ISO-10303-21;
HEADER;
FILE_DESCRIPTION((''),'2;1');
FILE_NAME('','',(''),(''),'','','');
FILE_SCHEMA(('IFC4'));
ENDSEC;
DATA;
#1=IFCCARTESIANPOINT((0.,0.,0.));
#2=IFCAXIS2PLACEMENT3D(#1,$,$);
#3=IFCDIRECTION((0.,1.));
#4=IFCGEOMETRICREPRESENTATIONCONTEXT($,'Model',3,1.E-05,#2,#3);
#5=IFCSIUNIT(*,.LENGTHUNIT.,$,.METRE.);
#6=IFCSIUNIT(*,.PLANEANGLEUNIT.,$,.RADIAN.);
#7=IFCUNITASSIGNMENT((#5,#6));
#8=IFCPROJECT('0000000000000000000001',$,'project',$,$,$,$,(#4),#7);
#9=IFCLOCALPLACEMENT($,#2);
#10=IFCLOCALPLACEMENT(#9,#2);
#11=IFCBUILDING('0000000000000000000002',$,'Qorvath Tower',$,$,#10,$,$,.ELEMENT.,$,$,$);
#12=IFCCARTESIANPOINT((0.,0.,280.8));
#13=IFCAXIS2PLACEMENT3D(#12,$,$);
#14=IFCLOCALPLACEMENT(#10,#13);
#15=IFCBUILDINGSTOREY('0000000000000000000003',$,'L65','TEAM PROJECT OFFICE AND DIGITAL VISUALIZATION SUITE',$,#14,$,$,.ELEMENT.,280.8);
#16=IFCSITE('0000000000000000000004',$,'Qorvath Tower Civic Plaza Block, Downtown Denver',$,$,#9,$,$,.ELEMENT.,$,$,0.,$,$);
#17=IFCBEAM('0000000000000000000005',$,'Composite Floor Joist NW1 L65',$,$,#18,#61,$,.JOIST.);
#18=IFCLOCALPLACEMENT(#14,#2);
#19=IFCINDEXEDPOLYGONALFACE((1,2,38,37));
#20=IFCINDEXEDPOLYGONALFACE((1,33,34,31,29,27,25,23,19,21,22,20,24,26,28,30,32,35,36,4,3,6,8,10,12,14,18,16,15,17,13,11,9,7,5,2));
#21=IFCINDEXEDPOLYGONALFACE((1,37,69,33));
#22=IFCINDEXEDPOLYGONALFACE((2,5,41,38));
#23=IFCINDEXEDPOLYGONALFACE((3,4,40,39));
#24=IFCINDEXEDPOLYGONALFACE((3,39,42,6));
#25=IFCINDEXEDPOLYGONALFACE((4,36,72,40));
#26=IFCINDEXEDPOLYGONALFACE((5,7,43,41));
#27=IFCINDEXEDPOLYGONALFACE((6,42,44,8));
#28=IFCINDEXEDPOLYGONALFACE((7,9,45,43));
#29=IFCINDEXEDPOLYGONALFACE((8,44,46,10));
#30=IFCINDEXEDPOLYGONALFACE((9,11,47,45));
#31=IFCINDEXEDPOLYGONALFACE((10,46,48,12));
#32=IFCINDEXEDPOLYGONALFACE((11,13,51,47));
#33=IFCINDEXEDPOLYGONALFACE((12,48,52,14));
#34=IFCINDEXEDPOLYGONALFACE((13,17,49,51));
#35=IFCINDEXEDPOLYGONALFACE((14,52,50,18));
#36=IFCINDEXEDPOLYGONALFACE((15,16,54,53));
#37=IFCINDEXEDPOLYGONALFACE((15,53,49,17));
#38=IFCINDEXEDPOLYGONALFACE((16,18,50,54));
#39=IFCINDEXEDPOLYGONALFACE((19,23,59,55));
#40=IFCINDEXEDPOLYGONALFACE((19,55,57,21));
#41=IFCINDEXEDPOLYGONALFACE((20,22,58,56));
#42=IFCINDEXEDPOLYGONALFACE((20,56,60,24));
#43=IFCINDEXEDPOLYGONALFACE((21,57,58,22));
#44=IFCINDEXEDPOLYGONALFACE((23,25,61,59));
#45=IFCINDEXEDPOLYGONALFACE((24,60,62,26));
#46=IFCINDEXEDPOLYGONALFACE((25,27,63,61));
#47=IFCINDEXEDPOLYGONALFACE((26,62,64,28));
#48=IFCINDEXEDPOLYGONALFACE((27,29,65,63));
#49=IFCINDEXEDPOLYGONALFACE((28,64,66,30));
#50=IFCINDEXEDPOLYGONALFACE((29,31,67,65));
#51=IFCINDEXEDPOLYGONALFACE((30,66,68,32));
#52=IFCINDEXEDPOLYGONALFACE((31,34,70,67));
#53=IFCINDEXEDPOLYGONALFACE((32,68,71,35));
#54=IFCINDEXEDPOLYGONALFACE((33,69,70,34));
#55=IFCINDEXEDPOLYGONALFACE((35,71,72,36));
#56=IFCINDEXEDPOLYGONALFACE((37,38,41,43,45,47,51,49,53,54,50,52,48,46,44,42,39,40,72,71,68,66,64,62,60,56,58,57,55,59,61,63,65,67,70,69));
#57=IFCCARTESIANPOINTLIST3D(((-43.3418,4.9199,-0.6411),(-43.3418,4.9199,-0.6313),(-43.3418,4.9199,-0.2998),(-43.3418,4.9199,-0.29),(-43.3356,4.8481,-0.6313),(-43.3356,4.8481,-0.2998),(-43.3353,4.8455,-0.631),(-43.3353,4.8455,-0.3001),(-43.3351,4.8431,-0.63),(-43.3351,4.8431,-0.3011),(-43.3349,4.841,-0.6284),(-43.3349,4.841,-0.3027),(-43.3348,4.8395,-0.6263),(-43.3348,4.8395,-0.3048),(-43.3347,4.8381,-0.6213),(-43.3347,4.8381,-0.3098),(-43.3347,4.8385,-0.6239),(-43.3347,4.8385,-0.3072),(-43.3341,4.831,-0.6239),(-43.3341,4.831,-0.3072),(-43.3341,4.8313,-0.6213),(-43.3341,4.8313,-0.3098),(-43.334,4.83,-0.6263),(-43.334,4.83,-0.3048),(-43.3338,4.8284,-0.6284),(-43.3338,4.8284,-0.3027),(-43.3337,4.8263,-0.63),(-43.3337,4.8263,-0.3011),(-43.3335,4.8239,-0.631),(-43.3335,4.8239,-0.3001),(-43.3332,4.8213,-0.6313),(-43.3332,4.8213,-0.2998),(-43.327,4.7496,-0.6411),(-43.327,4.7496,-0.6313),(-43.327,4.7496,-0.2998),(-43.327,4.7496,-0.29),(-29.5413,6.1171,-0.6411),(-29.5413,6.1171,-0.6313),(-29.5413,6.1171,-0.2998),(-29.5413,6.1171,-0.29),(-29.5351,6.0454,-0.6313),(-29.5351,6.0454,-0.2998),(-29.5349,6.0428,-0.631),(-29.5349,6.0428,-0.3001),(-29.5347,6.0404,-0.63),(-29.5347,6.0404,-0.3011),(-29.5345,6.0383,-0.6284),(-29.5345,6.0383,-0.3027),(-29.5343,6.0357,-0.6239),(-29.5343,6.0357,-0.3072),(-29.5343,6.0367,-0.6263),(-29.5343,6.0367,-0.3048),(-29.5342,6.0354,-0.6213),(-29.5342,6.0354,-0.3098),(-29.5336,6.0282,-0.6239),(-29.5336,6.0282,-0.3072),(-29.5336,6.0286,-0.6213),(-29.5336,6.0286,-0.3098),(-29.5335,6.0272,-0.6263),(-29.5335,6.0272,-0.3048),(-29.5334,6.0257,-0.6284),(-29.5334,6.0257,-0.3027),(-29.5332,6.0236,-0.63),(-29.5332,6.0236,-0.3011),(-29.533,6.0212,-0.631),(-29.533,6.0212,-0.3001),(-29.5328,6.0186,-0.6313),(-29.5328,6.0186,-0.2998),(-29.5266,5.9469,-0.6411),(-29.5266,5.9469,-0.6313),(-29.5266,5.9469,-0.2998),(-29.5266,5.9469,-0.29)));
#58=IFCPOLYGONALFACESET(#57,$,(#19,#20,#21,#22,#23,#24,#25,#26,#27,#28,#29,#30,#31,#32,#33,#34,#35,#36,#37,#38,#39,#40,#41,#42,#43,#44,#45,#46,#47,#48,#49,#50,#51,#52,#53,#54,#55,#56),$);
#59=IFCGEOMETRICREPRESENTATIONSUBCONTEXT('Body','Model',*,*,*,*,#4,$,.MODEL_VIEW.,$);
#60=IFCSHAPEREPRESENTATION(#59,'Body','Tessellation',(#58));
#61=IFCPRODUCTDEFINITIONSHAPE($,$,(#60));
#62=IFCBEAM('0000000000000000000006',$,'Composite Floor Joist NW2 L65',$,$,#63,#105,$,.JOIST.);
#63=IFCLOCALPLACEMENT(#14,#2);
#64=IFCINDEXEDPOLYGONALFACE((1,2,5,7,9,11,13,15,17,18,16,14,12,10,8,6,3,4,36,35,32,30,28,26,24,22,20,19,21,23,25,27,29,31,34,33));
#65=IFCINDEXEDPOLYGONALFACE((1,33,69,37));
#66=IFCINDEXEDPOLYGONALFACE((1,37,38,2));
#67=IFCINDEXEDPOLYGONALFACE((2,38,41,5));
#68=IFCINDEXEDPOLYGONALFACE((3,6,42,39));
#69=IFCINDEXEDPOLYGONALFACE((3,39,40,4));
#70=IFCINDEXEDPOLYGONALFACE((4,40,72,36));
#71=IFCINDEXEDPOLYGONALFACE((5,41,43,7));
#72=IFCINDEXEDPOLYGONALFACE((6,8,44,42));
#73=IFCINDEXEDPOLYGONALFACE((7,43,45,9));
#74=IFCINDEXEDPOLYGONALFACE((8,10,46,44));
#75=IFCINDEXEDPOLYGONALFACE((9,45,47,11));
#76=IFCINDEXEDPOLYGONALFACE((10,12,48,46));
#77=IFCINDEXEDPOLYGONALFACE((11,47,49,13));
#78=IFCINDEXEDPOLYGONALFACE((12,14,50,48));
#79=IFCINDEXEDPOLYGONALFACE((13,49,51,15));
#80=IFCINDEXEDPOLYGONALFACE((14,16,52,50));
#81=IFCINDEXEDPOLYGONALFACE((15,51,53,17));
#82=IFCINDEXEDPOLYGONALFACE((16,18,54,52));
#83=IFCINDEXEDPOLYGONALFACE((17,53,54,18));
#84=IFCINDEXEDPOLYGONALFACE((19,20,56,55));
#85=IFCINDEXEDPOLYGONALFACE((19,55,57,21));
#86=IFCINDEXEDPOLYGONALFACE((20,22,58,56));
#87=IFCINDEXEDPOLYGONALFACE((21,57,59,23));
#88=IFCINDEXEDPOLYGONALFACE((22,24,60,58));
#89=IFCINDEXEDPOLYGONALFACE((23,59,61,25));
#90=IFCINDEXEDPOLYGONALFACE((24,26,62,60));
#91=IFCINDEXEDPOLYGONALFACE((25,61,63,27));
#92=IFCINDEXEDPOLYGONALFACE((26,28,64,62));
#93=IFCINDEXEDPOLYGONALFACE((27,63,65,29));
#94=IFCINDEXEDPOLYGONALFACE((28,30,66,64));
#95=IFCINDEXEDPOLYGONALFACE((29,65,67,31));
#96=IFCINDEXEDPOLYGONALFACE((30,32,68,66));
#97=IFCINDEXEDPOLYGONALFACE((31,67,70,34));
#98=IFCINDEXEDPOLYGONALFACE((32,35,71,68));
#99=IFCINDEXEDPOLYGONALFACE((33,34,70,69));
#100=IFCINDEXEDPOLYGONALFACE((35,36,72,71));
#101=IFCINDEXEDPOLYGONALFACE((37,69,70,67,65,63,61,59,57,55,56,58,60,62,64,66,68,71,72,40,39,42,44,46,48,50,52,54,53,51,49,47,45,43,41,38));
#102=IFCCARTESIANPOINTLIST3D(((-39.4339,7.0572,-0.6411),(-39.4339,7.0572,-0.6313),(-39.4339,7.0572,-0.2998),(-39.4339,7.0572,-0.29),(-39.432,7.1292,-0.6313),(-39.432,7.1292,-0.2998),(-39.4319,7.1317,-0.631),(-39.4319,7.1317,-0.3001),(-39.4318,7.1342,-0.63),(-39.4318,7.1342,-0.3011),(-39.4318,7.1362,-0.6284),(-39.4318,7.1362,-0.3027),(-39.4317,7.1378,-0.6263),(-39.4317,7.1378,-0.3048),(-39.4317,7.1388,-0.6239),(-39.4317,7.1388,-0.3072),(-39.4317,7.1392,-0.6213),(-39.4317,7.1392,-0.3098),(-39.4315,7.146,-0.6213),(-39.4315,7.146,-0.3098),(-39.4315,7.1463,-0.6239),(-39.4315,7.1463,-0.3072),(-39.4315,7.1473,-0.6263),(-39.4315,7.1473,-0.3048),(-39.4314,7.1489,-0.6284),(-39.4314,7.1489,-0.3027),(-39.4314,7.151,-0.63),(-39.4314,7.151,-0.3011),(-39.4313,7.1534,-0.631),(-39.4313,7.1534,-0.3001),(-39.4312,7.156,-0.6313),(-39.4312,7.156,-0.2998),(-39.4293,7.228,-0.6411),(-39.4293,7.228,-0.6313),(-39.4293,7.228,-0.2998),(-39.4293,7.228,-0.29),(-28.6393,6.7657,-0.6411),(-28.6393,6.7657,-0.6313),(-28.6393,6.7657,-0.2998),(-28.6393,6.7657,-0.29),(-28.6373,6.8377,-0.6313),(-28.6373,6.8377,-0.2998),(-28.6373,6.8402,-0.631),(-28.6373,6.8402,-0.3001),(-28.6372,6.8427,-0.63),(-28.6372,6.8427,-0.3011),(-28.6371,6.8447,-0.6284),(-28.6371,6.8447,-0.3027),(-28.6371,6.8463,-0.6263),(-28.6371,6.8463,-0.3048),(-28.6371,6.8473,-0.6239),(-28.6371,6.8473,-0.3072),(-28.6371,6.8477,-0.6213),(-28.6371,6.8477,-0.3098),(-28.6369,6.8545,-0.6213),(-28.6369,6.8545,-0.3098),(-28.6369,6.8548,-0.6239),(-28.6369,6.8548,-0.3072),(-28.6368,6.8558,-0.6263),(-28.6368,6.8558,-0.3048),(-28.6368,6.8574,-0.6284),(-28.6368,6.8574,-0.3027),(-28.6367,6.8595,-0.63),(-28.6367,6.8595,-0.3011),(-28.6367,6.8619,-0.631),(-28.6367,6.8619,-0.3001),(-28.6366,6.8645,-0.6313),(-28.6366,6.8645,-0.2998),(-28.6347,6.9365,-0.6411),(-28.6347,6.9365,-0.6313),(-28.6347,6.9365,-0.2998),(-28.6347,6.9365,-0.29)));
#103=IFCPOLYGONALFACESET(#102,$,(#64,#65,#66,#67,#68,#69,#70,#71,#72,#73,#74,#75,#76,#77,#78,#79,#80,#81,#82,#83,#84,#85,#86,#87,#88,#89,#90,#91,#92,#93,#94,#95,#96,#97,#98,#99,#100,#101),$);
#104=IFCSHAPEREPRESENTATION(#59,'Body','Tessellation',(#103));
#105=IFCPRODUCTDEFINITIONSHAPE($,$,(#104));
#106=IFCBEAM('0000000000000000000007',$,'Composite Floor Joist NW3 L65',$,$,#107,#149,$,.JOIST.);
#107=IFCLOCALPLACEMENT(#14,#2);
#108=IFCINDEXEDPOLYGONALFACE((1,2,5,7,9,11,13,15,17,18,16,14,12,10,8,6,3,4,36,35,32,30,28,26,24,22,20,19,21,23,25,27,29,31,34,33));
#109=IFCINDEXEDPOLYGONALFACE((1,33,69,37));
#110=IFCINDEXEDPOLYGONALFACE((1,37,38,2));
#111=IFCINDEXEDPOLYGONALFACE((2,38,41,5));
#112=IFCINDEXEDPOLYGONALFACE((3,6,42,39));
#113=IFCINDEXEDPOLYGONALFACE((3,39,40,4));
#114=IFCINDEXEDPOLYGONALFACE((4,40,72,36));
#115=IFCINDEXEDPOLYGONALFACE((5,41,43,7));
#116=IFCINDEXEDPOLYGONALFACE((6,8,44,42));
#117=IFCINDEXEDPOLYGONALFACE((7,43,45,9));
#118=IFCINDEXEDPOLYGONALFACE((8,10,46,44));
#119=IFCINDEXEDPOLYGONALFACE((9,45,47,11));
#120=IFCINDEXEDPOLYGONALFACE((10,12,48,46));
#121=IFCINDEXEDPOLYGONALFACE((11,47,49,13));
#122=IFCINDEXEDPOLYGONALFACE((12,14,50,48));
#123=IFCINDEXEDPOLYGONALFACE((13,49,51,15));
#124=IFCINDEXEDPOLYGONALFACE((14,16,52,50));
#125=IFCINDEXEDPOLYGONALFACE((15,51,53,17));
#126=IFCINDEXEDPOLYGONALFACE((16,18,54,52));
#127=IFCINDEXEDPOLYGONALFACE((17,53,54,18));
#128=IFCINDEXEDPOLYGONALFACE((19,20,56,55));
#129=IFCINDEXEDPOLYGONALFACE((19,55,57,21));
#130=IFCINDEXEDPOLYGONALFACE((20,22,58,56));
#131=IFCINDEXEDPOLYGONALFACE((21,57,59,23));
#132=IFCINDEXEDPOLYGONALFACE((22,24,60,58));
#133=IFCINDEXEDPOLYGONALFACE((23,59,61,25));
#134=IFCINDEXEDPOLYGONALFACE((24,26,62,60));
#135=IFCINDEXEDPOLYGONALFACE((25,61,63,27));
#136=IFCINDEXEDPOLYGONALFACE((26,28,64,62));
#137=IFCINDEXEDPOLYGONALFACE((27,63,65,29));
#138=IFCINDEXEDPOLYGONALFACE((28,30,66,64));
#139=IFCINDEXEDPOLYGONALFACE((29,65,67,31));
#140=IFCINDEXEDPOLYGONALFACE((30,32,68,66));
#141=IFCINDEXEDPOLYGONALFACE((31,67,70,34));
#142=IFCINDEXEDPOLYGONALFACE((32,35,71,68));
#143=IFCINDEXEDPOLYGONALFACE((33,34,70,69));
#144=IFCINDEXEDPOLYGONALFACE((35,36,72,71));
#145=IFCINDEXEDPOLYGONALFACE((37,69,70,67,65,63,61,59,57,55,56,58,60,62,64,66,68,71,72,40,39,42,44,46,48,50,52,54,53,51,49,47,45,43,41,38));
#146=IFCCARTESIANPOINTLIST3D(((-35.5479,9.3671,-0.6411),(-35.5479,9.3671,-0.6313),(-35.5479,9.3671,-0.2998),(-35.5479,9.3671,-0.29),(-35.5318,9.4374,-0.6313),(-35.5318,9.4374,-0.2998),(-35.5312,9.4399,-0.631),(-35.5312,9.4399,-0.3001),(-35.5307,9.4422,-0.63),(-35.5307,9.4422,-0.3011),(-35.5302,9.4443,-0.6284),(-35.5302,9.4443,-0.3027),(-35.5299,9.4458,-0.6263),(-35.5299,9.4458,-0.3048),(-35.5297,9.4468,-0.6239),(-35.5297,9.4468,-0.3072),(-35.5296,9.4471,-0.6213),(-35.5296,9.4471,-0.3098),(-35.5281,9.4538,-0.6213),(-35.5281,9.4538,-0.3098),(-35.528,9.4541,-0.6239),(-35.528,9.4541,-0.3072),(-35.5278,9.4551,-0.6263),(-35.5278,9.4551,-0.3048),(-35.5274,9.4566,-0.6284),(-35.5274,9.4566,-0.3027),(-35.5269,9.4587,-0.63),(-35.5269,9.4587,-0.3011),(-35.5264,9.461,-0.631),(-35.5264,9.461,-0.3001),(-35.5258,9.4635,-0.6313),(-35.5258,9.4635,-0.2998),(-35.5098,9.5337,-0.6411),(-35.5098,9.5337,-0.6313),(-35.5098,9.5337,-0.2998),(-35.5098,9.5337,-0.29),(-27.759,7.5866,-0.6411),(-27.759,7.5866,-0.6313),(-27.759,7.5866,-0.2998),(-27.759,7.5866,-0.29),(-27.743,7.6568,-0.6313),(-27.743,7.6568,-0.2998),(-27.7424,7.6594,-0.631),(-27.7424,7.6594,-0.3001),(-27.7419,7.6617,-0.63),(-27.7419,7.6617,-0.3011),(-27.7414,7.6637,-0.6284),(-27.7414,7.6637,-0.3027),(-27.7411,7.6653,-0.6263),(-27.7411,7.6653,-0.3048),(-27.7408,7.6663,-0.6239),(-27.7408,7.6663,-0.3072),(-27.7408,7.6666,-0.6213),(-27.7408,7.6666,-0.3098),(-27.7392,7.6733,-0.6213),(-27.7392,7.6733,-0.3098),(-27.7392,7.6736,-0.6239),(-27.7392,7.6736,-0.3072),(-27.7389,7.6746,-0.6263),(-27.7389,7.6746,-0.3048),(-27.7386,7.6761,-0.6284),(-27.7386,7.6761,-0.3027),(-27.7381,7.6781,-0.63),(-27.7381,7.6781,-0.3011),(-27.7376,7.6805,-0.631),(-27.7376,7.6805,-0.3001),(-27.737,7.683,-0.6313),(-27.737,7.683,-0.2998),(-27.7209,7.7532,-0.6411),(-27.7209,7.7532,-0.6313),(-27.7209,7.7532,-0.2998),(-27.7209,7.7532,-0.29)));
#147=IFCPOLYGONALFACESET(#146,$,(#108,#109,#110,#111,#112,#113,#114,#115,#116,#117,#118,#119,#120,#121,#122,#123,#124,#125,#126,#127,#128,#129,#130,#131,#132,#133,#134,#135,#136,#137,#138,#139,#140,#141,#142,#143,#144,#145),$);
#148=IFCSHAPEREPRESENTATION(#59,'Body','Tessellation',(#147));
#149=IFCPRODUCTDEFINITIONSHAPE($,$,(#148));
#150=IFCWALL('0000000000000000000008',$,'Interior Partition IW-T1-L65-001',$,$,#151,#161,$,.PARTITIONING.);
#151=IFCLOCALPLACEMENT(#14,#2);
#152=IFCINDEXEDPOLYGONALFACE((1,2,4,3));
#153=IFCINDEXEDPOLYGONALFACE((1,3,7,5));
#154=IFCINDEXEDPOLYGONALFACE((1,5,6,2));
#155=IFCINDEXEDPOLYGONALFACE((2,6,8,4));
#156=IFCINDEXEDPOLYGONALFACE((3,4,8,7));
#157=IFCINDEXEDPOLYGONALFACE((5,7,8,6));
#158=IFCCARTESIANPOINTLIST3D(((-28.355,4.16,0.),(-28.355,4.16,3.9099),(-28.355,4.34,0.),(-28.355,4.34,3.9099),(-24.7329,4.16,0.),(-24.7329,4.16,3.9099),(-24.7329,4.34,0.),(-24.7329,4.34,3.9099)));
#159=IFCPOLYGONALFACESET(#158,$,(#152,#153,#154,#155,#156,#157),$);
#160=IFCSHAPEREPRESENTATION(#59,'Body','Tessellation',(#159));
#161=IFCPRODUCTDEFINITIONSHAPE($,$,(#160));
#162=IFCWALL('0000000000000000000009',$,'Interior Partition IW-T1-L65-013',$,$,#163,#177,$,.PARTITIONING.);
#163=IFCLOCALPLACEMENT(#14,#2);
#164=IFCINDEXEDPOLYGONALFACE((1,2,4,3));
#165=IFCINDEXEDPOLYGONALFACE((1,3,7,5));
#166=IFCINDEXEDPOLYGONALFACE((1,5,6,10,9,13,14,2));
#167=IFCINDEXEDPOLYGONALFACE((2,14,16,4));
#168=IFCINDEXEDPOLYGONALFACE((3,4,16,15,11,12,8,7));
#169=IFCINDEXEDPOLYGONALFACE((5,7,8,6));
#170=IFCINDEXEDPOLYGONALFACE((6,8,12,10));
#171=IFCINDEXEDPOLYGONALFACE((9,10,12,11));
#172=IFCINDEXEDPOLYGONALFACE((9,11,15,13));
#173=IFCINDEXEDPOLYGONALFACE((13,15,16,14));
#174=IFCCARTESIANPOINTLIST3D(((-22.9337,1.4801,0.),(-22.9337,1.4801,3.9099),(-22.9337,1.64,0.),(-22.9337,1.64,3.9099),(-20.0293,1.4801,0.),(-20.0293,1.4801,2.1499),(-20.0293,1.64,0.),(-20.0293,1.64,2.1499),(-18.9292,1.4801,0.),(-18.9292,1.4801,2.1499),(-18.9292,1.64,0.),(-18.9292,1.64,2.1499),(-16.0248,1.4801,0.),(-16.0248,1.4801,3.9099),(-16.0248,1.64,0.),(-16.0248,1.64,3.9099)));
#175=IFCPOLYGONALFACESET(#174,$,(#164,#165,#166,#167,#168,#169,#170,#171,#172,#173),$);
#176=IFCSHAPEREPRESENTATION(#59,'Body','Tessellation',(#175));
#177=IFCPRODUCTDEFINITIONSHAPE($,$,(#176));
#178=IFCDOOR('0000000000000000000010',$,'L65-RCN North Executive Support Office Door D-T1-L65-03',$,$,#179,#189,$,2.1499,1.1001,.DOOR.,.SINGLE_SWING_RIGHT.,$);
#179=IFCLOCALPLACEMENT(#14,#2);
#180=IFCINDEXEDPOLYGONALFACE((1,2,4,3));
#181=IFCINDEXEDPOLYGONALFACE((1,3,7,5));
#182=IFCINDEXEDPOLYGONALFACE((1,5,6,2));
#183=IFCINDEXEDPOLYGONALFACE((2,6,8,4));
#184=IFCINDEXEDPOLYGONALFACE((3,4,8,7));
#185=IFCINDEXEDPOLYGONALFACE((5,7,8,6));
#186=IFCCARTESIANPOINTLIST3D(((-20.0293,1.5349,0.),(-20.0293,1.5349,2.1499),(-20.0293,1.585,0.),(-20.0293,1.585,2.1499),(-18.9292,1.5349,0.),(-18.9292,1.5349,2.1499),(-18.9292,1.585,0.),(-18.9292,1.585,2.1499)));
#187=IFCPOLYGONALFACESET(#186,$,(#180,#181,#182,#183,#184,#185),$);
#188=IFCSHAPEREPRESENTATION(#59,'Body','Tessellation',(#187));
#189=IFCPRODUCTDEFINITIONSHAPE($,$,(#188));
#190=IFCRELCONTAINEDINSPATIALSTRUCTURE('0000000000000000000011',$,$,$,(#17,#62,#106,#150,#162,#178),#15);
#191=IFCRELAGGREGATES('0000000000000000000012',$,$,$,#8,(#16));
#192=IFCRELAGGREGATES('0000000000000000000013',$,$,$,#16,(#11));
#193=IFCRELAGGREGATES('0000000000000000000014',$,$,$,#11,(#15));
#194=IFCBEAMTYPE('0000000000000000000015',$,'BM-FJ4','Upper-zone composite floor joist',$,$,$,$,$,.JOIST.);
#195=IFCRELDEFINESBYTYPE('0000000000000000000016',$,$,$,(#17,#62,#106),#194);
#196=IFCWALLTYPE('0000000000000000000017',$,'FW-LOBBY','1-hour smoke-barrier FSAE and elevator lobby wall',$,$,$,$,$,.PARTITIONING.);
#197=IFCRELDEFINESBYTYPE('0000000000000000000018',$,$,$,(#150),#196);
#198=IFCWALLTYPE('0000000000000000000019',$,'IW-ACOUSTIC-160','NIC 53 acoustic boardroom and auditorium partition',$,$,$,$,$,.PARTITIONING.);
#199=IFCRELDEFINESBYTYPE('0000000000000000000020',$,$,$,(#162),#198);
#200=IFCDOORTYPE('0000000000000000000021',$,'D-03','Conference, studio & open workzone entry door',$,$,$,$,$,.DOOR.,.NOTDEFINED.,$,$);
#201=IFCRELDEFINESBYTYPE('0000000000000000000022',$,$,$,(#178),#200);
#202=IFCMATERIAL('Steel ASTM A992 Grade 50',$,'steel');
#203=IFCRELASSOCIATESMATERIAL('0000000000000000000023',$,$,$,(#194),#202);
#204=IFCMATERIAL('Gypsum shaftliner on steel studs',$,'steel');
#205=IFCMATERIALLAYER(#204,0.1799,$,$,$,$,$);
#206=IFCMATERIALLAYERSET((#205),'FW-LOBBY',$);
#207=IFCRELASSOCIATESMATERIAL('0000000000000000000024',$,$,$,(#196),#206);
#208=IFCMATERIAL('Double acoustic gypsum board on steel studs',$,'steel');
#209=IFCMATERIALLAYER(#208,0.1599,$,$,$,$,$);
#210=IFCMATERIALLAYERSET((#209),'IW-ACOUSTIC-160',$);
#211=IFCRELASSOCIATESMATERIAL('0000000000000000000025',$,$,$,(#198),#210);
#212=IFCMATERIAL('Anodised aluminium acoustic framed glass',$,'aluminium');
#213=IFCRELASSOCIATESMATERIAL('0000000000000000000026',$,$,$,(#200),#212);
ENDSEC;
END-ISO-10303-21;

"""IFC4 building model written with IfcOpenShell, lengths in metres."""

from ifc_helpers import new_model, si_unit, direction, frame, frame_2d, origin, origin_2d, place, context, subcontext, project, spatial, rectangle, i_section, extrude, material, layer, layer_set, material_profile, profile_set, type_object, element, fill, save


model = new_model("IFC4")

# Units and contexts
model_context = context("Model", 3, precision=1e-05, world=origin(), true_north=direction((0.0, 1.0)))
body_context = subcontext(model_context, "Body", "Model", "MODEL_VIEW")
ifc_project = project(units=[si_unit("LENGTHUNIT", "METRE"), si_unit("PLANEANGLEUNIT", "RADIAN")], contexts=[model_context])

# Site, building, storey
site_placement = place(None, origin())
site = spatial("IfcSite", under=ifc_project, at=site_placement, Name="Qorvath Tower Civic Plaza Block, Downtown Denver", CompositionType="ELEMENT", RefElevation=0.0)
building_placement = place(site_placement, origin())
building = spatial("IfcBuilding", under=site, at=building_placement, Name="Qorvath Tower", CompositionType="ELEMENT")
storey_placement = place(building_placement, frame((0.0, 0.0, 280.8)))
storey = spatial("IfcBuildingStorey", under=building, at=storey_placement, Name="L65", Description="TEAM PROJECT OFFICE AND DIGITAL VISUALIZATION SUITE", CompositionType="ELEMENT", Elevation=280.8)

# Beams
ifc_material_1 = material(Name="Steel ASTM A992 Grade 50", Category="steel")
ifc_material_profile = material_profile(ifc_material_1, i_section(OverallWidth=0.1709, OverallDepth=0.3511, WebThickness=0.0068, FlangeThickness=0.0098, FilletRadius=0.01, at=origin_2d()), Name="W14x30")
ifc_profile_set = profile_set([ifc_material_profile], Name="Steel ASTM A992 Grade 50")
beam_type = type_object("IfcBeamType", Name="BM-FJ4", Description="Upper-zone composite floor joist", PredefinedType="JOIST", material=ifc_profile_set)
beam_1_placement = place(storey_placement, frame((-29.5339, 6.032, -0.4656), z_axis=(-0.996258, -0.08643, 0.0), x_axis=(0.08643, -0.996258, 0.0)))
element("IfcBeam", 1, at=beam_1_placement, inside=storey, type_object=beam_type, Name="Composite Floor Joist NW1 L65", PredefinedType="JOIST", context=body_context, shape_type="SweptSolid", body=[
    extrude(i_section(OverallWidth=0.1709, OverallDepth=0.3511, WebThickness=0.0068, FlangeThickness=0.0098, FilletRadius=0.01, at=origin_2d()), origin(), (0.0, 0.0, 1.0), 13.8523),
])
beam_2_placement = place(storey_placement, frame((-28.637, 6.8511, -0.4656), z_axis=(-0.999636, 0.026995, 0.0), x_axis=(-0.026995, -0.999636, 0.0)))
element("IfcBeam", 2, at=beam_2_placement, inside=storey, type_object=beam_type, Name="Composite Floor Joist NW2 L65", PredefinedType="JOIST", context=body_context, shape_type="SweptSolid", body=[
    extrude(i_section(OverallWidth=0.1709, OverallDepth=0.3511, WebThickness=0.0068, FlangeThickness=0.0098, FilletRadius=0.01, at=origin_2d()), origin(), (0.0, 0.0, 1.0), 10.7986),
])
beam_3_placement = place(storey_placement, frame((-27.74, 7.6699, -0.4656), z_axis=(-0.974853, 0.222851, 0.0), x_axis=(-0.222851, -0.974853, 0.0)))
element("IfcBeam", 3, at=beam_3_placement, inside=storey, type_object=beam_type, Name="Composite Floor Joist NW3 L65", PredefinedType="JOIST", context=body_context, shape_type="SweptSolid", body=[
    extrude(i_section(OverallWidth=0.1709, OverallDepth=0.3511, WebThickness=0.0068, FlangeThickness=0.0098, FilletRadius=0.01, at=origin_2d()), origin(), (0.0, 0.0, 1.0), 7.9897),
])

# Wall
ifc_material_2 = material(Name="Gypsum shaftliner on steel studs", Category="steel")
ifc_layer_1 = layer(ifc_material_2, 0.1799)
ifc_layer_set_1 = layer_set([ifc_layer_1], Name="FW-LOBBY")
wall_type_1 = type_object("IfcWallType", Name="FW-LOBBY", Description="1-hour smoke-barrier FSAE and elevator lobby wall", PredefinedType="PARTITIONING", material=ifc_layer_set_1)
wall_1_placement = place(storey_placement, frame((-28.355, 4.25, 0.0), z_axis=(0.0, 0.0, 1.0), x_axis=(1.0, 0.0, 0.0)))
element("IfcWall", 4, at=wall_1_placement, inside=storey, type_object=wall_type_1, Name="Interior Partition IW-T1-L65-001", PredefinedType="PARTITIONING", context=body_context, shape_type="SweptSolid", body=[
    extrude(rectangle(XDim=3.6221, YDim=0.1799, at=frame_2d((1.811, 0.0))), origin(), (0.0, 0.0, 1.0), 3.9099),
])

# Wall, opening, door
ifc_material_3 = material(Name="Double acoustic gypsum board on steel studs", Category="steel")
ifc_layer_2 = layer(ifc_material_3, 0.1599)
ifc_layer_set_2 = layer_set([ifc_layer_2], Name="IW-ACOUSTIC-160")
wall_type_2 = type_object("IfcWallType", Name="IW-ACOUSTIC-160", Description="NIC 53 acoustic boardroom and auditorium partition", PredefinedType="PARTITIONING", material=ifc_layer_set_2)
wall_2_placement = place(storey_placement, frame((-22.9338, 1.5601, 0.0), z_axis=(0.0, 0.0, 1.0), x_axis=(1.0, 0.0, 0.0)))
wall_2 = element("IfcWall", 5, at=wall_2_placement, inside=storey, type_object=wall_type_2, Name="Interior Partition IW-T1-L65-013", PredefinedType="PARTITIONING", context=body_context, shape_type="SweptSolid", body=[
    extrude(rectangle(XDim=6.9089, YDim=0.1599, at=frame_2d((3.4546, 0.0))), origin(), (0.0, 0.0, 1.0), 3.9099),
])
opening_1_placement = place(wall_2_placement, frame((2.9045, 0.0, 0.0)))
opening_1 = element("IfcOpeningElement", 6, at=opening_1_placement, cuts=wall_2, PredefinedType="OPENING", context=body_context, shape_type="SweptSolid", body=[
    extrude(rectangle(XDim=1.1001, YDim=2.1499, at=frame_2d((0.55, 1.075))), frame((0.0, 0.0898, 0.0), z_axis=(0.0, -1.0, 0.0), x_axis=(1.0, 0.0, 0.0)), (0.0, 0.0, 1.0), 0.1799),
])
ifc_material_4 = material(Name="Anodised aluminium acoustic framed glass", Category="aluminium")
door_type_1 = type_object("IfcDoorType", Name="D-03", Description="Conference, studio & open workzone entry door", OperationType="NOTDEFINED", PredefinedType="DOOR", material=ifc_material_4)
door_1_placement = place(opening_1_placement, origin())
door_1 = element("IfcDoor", 7, at=door_1_placement, inside=storey, type_object=door_type_1, Name="L65-RCN North Executive Support Office Door D-T1-L65-03", OperationType="SINGLE_SWING_RIGHT", OverallHeight=2.1499, OverallWidth=1.1001, PredefinedType="DOOR", context=body_context, shape_type="SweptSolid", body=[
    extrude(rectangle(XDim=1.1001, YDim=2.1499, at=frame_2d((0.55, 1.075))), frame((0.0, 0.0249, 0.0), z_axis=(0.0, -1.0, 0.0), x_axis=(1.0, 0.0, 0.0)), (0.0, 0.0, 1.0), 0.05),
])
fill(opening_1, door_1)

save(model, "model.ifc")
